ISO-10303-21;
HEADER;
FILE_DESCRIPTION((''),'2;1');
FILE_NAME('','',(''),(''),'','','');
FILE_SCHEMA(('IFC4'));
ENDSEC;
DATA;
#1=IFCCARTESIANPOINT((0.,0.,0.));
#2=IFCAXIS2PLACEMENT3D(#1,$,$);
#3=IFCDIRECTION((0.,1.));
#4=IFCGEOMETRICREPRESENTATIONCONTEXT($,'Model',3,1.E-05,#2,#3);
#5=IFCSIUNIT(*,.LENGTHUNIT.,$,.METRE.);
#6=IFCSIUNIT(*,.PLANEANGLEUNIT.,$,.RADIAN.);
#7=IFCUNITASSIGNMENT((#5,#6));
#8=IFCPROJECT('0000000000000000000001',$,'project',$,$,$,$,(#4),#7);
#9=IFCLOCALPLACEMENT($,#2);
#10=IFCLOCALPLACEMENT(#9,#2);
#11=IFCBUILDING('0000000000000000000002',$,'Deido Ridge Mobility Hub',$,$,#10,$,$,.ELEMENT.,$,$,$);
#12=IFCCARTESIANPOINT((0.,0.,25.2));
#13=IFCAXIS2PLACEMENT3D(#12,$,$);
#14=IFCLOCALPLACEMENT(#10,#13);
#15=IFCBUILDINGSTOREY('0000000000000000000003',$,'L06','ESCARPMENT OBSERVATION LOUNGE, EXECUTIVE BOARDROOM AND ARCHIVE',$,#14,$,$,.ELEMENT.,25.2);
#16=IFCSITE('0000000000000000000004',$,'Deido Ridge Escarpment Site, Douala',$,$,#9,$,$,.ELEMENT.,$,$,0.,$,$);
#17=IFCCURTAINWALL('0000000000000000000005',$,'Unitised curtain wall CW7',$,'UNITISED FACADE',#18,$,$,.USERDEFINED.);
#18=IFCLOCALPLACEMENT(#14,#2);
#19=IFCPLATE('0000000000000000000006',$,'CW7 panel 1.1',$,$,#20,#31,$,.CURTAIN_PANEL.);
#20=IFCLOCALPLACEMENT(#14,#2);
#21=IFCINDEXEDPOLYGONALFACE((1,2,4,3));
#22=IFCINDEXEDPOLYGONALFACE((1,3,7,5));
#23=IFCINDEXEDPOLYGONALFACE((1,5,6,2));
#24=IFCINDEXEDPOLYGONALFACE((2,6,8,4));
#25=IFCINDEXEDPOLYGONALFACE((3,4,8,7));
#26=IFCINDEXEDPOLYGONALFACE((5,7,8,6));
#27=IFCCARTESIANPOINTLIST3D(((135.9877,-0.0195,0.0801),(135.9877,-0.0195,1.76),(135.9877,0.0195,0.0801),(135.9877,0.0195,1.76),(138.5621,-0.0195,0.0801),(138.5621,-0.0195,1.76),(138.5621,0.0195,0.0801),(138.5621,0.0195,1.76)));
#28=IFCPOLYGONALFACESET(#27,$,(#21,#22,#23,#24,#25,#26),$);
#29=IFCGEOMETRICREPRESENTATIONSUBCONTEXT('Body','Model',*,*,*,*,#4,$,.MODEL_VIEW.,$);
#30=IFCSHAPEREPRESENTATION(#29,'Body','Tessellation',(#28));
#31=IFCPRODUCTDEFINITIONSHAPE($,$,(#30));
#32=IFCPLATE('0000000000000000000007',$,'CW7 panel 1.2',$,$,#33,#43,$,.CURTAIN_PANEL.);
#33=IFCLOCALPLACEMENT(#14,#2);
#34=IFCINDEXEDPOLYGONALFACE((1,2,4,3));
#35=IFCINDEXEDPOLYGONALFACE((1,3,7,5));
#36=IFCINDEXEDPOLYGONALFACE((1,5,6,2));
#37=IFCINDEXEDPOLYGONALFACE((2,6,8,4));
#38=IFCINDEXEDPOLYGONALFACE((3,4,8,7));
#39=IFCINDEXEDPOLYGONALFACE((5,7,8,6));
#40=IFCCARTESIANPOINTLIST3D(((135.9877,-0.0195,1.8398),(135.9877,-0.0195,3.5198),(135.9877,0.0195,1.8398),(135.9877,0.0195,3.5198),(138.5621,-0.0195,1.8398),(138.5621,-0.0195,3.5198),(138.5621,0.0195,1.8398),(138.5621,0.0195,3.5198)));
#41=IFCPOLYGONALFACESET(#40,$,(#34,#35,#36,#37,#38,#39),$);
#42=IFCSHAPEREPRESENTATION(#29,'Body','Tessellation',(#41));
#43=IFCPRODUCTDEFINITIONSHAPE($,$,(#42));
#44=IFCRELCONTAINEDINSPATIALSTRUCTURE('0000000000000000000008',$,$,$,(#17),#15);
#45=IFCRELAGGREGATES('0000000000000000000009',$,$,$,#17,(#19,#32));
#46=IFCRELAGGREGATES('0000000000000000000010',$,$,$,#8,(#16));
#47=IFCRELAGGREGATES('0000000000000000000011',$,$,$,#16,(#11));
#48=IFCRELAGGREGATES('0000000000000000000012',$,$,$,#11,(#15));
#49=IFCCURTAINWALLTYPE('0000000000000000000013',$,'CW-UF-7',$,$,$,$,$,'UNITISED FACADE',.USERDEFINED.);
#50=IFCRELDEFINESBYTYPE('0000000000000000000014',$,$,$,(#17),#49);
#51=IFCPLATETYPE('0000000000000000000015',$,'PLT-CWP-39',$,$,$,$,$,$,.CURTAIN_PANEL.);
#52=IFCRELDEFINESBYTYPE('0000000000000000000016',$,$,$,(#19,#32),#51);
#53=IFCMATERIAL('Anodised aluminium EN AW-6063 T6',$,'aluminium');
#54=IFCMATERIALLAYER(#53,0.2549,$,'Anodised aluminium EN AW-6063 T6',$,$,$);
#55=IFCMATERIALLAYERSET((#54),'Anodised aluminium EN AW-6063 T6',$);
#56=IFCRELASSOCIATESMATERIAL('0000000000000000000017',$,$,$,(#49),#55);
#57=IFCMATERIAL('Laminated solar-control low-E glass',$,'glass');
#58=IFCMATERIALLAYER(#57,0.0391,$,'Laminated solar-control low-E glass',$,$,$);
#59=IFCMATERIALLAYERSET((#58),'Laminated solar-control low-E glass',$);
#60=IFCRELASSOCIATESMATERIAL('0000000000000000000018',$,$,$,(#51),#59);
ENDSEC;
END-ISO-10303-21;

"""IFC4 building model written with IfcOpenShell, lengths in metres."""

from ifc_helpers import new_model, si_unit, direction, frame, origin, origin_2d, place, context, subcontext, project, spatial, rectangle, extrude, material, layer, layer_set, type_object, element, aggregate, save


model = new_model("IFC4")

# Units and contexts
model_context = context("Model", 3, precision=1e-05, world=origin(), true_north=direction((0.0, 1.0)))
body_context = subcontext(model_context, "Body", "Model", "MODEL_VIEW")
ifc_project = project(units=[si_unit("LENGTHUNIT", "METRE"), si_unit("PLANEANGLEUNIT", "RADIAN")], contexts=[model_context])

# Site, building, storey
site_placement = place(None, origin())
site = spatial("IfcSite", under=ifc_project, at=site_placement, Name="Deido Ridge Escarpment Site, Douala", CompositionType="ELEMENT", RefElevation=0.0)
building_placement = place(site_placement, origin())
building = spatial("IfcBuilding", under=site, at=building_placement, Name="Deido Ridge Mobility Hub", CompositionType="ELEMENT")
storey_placement = place(building_placement, frame((0.0, 0.0, 25.2)))
storey = spatial("IfcBuildingStorey", under=building, at=storey_placement, Name="L06", Description="ESCARPMENT OBSERVATION LOUNGE, EXECUTIVE BOARDROOM AND ARCHIVE", CompositionType="ELEMENT", Elevation=25.2)

# Curtain wall
ifc_material_1 = material(Name="Anodised aluminium EN AW-6063 T6", Category="aluminium")
ifc_layer_1 = layer(ifc_material_1, 0.2549, Name="Anodised aluminium EN AW-6063 T6")
ifc_layer_set_1 = layer_set([ifc_layer_1], Name="Anodised aluminium EN AW-6063 T6")
curtain_wall_type_1 = type_object("IfcCurtainWallType", Name="CW-UF-7", ElementType="UNITISED FACADE", PredefinedType="USERDEFINED", material=ifc_layer_set_1)
curtain_wall_1_placement = place(storey_placement, origin())
curtain_wall_1 = element("IfcCurtainWall", 1, at=curtain_wall_1_placement, inside=storey, type_object=curtain_wall_type_1, Name="Unitised curtain wall CW7", ObjectType="UNITISED FACADE", PredefinedType="USERDEFINED")

# Plates
ifc_material_2 = material(Name="Laminated solar-control low-E glass", Category="glass")
ifc_layer_2 = layer(ifc_material_2, 0.0391, Name="Laminated solar-control low-E glass")
ifc_layer_set_2 = layer_set([ifc_layer_2], Name="Laminated solar-control low-E glass")
plate_type_1 = type_object("IfcPlateType", Name="PLT-CWP-39", PredefinedType="CURTAIN_PANEL", material=ifc_layer_set_2)
plate_1_placement = place(storey_placement, frame((137.2749, 0.0, 0.0801), z_axis=(0.0, 0.0, 1.0), x_axis=(1.0, 0.0, 0.0)))
plate_1 = element("IfcPlate", 2, at=plate_1_placement, type_object=plate_type_1, Name="CW7 panel 1.1", PredefinedType="CURTAIN_PANEL", context=body_context, shape_type="SweptSolid", body=[
    extrude(rectangle(XDim=2.5745, YDim=0.0391, at=origin_2d()), origin(), (0.0, 0.0, 1.0), 1.6799),
])
plate_2_placement = place(storey_placement, frame((137.2749, 0.0, 1.8398), z_axis=(0.0, 0.0, 1.0), x_axis=(1.0, 0.0, 0.0)))
plate_2 = element("IfcPlate", 3, at=plate_2_placement, type_object=plate_type_1, Name="CW7 panel 1.2", PredefinedType="CURTAIN_PANEL", context=body_context, shape_type="SweptSolid", body=[
    extrude(rectangle(XDim=2.5745, YDim=0.0391, at=origin_2d()), origin(), (0.0, 0.0, 1.0), 1.6799),
])
aggregate(curtain_wall_1, [plate_1, plate_2])

save(model, "model.ifc")
